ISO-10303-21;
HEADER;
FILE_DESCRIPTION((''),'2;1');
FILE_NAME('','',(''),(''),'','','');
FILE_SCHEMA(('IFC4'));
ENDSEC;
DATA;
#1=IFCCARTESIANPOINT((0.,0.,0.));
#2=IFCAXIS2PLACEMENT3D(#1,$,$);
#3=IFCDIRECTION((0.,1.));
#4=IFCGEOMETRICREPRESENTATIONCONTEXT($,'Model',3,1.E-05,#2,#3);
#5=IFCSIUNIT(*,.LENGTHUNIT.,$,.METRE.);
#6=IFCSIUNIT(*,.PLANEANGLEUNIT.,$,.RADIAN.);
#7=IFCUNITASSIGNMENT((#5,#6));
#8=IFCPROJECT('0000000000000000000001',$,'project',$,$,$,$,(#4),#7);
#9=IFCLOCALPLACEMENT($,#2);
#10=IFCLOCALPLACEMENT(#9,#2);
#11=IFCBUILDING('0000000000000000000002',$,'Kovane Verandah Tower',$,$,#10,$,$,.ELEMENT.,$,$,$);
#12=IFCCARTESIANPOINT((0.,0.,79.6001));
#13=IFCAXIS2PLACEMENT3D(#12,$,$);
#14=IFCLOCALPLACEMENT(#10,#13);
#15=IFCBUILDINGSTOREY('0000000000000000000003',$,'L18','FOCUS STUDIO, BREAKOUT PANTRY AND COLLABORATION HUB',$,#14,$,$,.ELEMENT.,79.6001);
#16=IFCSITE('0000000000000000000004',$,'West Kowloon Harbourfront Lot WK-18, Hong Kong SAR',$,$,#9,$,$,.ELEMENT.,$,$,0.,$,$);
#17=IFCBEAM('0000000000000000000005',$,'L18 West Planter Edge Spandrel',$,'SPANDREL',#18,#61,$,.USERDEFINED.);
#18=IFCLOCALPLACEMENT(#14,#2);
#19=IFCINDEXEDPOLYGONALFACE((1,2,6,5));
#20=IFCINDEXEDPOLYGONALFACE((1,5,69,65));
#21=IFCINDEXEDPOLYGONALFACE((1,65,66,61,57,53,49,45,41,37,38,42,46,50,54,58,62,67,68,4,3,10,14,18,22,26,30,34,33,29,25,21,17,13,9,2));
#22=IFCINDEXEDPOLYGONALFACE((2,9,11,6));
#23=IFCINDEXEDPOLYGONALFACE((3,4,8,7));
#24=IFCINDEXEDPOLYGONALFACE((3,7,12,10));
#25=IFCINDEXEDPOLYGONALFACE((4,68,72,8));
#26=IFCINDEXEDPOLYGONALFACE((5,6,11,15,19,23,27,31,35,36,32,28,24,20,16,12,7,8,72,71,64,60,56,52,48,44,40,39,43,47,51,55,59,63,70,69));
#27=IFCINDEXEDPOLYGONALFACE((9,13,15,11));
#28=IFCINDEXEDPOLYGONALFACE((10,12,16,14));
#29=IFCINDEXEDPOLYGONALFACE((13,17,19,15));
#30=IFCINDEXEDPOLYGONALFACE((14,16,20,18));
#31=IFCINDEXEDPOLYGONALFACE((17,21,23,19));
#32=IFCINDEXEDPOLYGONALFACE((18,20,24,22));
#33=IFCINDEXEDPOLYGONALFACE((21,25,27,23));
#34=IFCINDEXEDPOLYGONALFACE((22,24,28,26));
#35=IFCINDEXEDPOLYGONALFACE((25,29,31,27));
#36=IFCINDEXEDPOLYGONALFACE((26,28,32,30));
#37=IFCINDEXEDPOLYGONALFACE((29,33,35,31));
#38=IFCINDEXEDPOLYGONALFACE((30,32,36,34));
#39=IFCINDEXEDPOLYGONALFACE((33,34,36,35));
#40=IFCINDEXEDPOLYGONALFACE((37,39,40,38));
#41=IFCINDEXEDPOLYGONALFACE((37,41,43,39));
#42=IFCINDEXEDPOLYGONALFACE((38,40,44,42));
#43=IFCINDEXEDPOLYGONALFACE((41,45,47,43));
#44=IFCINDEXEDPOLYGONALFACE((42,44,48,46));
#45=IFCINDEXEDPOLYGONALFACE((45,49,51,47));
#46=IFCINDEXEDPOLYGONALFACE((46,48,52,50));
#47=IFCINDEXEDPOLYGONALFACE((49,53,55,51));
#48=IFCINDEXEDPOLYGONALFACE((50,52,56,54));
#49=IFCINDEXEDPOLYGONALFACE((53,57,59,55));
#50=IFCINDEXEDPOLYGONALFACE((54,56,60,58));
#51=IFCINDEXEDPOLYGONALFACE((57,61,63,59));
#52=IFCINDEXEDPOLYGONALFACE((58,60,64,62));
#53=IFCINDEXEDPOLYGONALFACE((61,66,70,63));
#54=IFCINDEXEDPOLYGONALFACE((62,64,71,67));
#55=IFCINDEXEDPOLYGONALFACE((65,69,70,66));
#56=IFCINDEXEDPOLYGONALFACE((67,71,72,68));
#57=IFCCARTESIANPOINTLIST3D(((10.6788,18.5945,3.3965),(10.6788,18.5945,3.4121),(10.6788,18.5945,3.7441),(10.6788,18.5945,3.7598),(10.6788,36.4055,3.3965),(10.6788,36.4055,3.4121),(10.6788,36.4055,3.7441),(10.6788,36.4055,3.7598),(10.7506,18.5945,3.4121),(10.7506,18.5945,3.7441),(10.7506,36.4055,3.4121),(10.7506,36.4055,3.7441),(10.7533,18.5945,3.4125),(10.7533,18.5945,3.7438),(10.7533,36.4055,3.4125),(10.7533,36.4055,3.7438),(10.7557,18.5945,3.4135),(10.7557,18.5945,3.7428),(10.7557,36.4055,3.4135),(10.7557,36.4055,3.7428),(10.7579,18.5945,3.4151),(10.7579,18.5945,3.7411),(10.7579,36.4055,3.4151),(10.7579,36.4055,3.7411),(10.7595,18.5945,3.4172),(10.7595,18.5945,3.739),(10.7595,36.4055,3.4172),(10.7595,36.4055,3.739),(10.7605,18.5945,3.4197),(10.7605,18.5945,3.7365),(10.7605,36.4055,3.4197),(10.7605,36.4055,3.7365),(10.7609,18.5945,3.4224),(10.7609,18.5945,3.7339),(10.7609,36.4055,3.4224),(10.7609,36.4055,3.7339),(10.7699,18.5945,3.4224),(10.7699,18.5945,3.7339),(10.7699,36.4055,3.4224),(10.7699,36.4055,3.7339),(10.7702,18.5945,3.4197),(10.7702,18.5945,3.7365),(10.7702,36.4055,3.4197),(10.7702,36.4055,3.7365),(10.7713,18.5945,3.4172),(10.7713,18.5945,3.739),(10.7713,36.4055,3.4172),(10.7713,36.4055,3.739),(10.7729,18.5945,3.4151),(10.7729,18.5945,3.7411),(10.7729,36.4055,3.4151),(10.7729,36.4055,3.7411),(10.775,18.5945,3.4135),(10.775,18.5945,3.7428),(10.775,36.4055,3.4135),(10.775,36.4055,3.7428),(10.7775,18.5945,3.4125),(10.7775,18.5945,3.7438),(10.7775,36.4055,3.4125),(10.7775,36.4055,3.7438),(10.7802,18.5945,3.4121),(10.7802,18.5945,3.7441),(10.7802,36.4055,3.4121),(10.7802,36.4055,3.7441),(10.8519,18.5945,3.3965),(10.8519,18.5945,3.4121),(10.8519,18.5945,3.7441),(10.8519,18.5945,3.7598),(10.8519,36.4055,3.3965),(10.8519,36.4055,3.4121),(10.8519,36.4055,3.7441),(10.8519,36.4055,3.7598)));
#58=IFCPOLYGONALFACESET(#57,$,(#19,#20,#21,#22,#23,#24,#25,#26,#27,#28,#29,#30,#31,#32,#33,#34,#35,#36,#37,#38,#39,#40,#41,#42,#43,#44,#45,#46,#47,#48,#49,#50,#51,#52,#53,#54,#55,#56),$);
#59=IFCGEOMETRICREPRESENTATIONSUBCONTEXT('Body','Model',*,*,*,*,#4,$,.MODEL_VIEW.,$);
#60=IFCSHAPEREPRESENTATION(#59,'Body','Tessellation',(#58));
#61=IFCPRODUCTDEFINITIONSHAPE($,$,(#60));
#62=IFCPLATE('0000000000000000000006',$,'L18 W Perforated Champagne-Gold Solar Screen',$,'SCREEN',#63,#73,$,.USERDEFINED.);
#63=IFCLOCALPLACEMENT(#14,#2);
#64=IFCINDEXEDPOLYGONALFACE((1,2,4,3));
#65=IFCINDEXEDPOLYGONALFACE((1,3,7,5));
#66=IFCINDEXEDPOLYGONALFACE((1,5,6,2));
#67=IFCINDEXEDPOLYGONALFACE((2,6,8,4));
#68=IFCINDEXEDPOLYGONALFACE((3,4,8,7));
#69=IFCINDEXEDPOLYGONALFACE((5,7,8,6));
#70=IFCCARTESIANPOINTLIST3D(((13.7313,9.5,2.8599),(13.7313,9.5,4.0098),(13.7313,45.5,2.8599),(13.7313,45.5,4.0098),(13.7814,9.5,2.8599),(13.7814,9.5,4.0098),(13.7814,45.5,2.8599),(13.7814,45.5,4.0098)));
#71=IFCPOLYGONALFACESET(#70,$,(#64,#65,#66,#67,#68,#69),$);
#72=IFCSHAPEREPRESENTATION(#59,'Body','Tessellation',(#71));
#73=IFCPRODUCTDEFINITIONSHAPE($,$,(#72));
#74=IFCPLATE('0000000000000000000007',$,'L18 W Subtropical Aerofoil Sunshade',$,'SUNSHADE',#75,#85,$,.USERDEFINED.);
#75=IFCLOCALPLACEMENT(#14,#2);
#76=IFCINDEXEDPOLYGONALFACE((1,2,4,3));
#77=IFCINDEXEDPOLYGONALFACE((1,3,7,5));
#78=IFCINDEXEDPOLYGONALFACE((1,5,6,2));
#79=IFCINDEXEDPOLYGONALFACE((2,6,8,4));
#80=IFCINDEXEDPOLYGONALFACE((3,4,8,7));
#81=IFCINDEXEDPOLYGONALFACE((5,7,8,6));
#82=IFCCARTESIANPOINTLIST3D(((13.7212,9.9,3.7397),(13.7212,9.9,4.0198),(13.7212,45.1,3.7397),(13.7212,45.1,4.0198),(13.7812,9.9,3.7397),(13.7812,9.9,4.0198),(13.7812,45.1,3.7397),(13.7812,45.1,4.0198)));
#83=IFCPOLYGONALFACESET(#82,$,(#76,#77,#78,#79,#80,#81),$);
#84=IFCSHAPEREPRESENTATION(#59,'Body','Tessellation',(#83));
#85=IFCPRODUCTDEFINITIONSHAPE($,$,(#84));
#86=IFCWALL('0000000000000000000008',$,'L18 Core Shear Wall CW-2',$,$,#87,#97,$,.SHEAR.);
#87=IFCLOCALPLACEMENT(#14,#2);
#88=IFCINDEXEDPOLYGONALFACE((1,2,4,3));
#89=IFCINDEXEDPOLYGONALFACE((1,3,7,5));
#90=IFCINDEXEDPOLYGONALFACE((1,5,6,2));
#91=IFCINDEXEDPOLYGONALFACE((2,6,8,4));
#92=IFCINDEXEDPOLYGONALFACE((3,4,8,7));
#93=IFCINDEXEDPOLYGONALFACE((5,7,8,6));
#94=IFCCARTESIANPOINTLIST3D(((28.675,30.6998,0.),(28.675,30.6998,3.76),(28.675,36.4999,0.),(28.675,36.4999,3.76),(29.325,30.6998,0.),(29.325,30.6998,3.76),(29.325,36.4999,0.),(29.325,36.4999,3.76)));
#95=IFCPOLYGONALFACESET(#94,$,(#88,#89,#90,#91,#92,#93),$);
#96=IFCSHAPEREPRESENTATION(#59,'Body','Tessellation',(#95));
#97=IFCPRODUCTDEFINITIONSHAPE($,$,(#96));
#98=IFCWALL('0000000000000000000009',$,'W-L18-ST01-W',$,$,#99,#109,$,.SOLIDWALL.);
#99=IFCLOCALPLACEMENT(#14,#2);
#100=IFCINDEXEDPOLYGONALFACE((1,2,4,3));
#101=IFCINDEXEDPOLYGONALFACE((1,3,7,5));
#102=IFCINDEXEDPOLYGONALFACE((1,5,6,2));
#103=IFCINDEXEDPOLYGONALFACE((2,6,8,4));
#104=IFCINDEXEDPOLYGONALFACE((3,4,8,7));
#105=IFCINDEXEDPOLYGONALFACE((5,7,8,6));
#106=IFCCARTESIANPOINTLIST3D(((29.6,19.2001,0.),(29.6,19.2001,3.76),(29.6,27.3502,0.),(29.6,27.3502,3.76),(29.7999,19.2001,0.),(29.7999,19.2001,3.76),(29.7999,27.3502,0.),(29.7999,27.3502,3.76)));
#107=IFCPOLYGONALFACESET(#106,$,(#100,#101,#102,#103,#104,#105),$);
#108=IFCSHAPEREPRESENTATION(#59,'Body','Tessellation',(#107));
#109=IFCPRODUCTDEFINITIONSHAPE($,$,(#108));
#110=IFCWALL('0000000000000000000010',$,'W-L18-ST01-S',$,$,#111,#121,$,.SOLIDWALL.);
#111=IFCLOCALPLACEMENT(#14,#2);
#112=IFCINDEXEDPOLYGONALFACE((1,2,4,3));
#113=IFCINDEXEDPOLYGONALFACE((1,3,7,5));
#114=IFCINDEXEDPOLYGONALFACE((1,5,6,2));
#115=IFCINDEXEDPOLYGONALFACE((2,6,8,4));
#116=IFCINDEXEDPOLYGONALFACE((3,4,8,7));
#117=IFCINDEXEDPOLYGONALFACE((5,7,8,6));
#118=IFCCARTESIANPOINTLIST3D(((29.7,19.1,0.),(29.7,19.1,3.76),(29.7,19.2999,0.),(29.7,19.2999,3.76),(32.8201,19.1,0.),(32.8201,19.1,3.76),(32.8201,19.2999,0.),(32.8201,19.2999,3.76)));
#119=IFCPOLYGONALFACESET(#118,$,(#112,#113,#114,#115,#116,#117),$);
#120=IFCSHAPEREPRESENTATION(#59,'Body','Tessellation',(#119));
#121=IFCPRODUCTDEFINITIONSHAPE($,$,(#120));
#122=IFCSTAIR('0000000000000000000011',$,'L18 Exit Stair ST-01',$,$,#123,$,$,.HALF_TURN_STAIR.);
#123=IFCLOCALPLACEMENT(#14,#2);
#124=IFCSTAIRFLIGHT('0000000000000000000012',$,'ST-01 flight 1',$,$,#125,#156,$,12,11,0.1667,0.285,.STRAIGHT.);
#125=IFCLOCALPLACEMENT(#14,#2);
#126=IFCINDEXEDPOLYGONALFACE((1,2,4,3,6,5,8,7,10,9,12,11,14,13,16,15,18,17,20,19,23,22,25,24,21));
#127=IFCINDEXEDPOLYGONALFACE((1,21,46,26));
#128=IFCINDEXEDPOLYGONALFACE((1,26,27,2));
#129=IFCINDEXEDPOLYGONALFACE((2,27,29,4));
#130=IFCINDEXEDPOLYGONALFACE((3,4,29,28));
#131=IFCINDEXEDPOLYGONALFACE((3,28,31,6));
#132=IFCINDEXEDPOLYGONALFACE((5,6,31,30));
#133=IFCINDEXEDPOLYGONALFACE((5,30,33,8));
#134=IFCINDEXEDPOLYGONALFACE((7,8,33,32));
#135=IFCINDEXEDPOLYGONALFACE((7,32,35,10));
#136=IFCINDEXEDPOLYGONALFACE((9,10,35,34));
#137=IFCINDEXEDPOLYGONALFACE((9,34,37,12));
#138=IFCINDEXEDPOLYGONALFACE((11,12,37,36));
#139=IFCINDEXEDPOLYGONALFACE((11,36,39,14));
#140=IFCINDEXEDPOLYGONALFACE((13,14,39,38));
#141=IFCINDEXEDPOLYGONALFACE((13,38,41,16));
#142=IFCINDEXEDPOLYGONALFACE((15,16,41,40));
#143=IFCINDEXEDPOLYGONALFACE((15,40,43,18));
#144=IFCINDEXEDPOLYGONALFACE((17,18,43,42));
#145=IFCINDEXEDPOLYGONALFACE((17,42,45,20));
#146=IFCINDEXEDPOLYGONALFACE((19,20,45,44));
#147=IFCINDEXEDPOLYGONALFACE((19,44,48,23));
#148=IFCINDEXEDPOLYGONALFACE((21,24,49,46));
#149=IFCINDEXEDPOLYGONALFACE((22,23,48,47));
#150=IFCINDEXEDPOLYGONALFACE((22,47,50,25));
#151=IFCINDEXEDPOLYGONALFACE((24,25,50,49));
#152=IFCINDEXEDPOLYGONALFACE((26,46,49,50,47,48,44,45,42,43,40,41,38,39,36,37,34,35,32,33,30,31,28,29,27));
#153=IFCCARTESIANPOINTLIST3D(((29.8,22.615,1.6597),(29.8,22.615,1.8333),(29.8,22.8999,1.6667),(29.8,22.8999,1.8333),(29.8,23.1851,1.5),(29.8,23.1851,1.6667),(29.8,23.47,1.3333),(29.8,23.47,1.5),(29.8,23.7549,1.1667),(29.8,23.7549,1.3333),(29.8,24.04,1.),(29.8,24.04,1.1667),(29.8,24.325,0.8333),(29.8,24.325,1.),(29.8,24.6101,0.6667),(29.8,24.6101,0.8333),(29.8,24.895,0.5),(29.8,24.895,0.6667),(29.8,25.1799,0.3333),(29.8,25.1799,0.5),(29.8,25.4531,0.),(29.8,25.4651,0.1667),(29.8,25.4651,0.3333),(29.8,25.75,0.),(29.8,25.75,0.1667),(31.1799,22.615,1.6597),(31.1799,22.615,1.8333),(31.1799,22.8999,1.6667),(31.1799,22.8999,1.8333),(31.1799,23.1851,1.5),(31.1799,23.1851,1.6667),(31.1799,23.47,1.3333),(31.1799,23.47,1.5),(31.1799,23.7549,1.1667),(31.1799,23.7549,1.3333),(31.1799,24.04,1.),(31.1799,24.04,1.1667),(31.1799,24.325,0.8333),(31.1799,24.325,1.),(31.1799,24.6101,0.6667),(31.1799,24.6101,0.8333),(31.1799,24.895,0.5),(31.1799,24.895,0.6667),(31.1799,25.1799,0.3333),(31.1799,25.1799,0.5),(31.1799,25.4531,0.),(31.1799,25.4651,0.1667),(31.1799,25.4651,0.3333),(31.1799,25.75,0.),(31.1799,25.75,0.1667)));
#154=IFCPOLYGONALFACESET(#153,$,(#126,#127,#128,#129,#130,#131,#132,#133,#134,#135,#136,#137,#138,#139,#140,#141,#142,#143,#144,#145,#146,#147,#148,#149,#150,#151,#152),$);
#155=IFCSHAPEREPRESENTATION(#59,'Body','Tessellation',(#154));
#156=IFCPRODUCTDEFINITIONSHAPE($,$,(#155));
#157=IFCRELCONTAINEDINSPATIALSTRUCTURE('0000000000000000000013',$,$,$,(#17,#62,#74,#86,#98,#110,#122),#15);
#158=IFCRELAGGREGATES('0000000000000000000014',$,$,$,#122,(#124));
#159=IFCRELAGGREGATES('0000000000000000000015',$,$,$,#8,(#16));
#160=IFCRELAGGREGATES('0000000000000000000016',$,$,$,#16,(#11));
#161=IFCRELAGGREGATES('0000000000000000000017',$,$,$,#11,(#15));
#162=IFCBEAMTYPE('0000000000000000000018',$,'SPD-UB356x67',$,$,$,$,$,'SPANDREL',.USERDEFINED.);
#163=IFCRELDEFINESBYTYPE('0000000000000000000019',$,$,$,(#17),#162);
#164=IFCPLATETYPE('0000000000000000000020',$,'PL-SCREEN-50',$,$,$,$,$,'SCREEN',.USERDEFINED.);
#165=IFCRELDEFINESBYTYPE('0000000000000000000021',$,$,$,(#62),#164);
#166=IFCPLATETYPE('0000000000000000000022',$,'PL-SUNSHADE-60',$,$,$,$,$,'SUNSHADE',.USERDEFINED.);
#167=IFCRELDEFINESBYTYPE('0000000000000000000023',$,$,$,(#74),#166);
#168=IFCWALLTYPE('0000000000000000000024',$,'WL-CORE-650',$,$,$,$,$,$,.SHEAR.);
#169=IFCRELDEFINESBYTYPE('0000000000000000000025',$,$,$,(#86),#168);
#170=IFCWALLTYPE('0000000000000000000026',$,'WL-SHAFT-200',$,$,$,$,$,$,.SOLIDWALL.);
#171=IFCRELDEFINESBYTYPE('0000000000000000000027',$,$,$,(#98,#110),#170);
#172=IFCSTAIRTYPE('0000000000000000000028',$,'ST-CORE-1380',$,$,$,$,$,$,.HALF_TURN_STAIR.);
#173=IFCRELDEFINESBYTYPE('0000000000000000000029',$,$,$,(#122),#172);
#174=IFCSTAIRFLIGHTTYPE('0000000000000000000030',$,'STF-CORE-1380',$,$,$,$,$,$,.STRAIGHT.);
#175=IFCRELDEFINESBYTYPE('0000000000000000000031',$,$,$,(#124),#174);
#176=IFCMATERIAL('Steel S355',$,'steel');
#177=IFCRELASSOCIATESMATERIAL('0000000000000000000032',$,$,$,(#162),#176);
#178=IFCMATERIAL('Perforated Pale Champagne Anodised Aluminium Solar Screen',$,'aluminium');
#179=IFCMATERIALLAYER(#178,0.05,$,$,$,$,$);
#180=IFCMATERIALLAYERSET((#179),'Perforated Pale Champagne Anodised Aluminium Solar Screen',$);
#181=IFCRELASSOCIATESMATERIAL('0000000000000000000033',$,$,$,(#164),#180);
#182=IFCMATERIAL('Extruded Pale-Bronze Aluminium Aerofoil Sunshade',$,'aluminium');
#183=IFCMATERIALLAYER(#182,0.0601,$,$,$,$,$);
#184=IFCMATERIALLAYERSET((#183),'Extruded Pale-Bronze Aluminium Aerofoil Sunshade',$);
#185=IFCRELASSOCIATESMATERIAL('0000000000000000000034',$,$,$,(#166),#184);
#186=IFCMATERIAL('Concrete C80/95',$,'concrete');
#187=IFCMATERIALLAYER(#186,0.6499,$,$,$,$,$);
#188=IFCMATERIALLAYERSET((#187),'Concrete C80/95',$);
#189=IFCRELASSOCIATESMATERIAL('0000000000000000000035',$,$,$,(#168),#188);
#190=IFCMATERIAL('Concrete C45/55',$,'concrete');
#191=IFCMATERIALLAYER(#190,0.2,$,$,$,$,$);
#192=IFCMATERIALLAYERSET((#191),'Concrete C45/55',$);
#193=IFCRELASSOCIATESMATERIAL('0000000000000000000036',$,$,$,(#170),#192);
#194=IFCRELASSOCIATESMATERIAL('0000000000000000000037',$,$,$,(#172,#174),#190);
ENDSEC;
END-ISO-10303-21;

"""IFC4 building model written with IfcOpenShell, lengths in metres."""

from ifc_helpers import new_model, si_unit, direction, frame, frame_2d, origin, origin_2d, place, context, subcontext, project, spatial, polyline, rectangle, i_section, outline, extrude, material, layer, layer_set, material_profile, profile_set, type_object, element, aggregate, save


model = new_model("IFC4")

# Units and contexts
model_context = context("Model", 3, precision=1e-05, world=origin(), true_north=direction((0.0, 1.0)))
body_context = subcontext(model_context, "Body", "Model", "MODEL_VIEW")
ifc_project = project(units=[si_unit("LENGTHUNIT", "METRE"), si_unit("PLANEANGLEUNIT", "RADIAN")], contexts=[model_context])

# Site, building, storey
site_placement = place(None, origin())
site = spatial("IfcSite", under=ifc_project, at=site_placement, Name="West Kowloon Harbourfront Lot WK-18, Hong Kong SAR", CompositionType="ELEMENT", RefElevation=0.0)
building_placement = place(site_placement, origin())
building = spatial("IfcBuilding", under=site, at=building_placement, Name="Kovane Verandah Tower", CompositionType="ELEMENT")
storey_placement = place(building_placement, frame((0.0, 0.0, 79.6001)))
storey = spatial("IfcBuildingStorey", under=building, at=storey_placement, Name="L18", Description="FOCUS STUDIO, BREAKOUT PANTRY AND COLLABORATION HUB", CompositionType="ELEMENT", Elevation=79.6001)

# Beam
ifc_material_1 = material(Name="Concrete C80/95", Category="concrete")
ifc_material_2 = material(Name="Steel S355", Category="steel")
ifc_material_profile_1 = material_profile(ifc_material_2, i_section(OverallWidth=0.1731, OverallDepth=0.3633, WebThickness=0.009, FlangeThickness=0.0156, FilletRadius=0.0103, at=origin_2d()), Name="UB356x171x67")
ifc_profile_set_1 = profile_set([ifc_material_profile_1], Name="Steel S355")
beam_type_1 = type_object("IfcBeamType", Name="SPD-UB356x67", ElementType="SPANDREL", PredefinedType="USERDEFINED", material=ifc_profile_set_1)
beam_1_placement = place(storey_placement, frame((10.7654, 18.5945, 3.5781), z_axis=(0.0, 1.0, 0.0), x_axis=(-1.0, 0.0, 0.0)))
element("IfcBeam", 1, at=beam_1_placement, inside=storey, type_object=beam_type_1, Name="L18 West Planter Edge Spandrel", ObjectType="SPANDREL", PredefinedType="USERDEFINED", context=body_context, shape_type="SweptSolid", body=[
    extrude(i_section(OverallWidth=0.1731, OverallDepth=0.3633, WebThickness=0.009, FlangeThickness=0.0156, FilletRadius=0.0103, at=origin_2d()), origin(), (0.0, 0.0, 1.0), 17.811),
])

# Plates
ifc_material_3 = material(Name="Perforated Pale Champagne Anodised Aluminium Solar Screen", Category="aluminium")
ifc_layer_1 = layer(ifc_material_3, 0.05)
ifc_layer_set_1 = layer_set([ifc_layer_1], Name="Perforated Pale Champagne Anodised Aluminium Solar Screen")
plate_type_1 = type_object("IfcPlateType", Name="PL-SCREEN-50", ElementType="SCREEN", PredefinedType="USERDEFINED", material=ifc_layer_set_1)
plate_1_placement = place(storey_placement, frame((13.7563, 27.5, 2.8599), z_axis=(0.0, 0.0, 1.0), x_axis=(0.0, -1.0, 0.0)))
element("IfcPlate", 2, at=plate_1_placement, inside=storey, type_object=plate_type_1, Name="L18 W Perforated Champagne-Gold Solar Screen", ObjectType="SCREEN", PredefinedType="USERDEFINED", context=body_context, shape_type="SweptSolid", body=[
    extrude(rectangle(XDim=36.0, YDim=0.05, at=origin_2d()), origin(), (0.0, 0.0, 1.0), 1.1499),
])
ifc_material_4 = material(Name="Extruded Pale-Bronze Aluminium Aerofoil Sunshade", Category="aluminium")
ifc_layer_2 = layer(ifc_material_4, 0.0601)
ifc_layer_set_2 = layer_set([ifc_layer_2], Name="Extruded Pale-Bronze Aluminium Aerofoil Sunshade")
plate_type_2 = type_object("IfcPlateType", Name="PL-SUNSHADE-60", ElementType="SUNSHADE", PredefinedType="USERDEFINED", material=ifc_layer_set_2)
plate_2_placement = place(storey_placement, frame((13.7512, 27.5, 3.7397), z_axis=(0.0, 0.0, 1.0), x_axis=(0.0, -1.0, 0.0)))
element("IfcPlate", 3, at=plate_2_placement, inside=storey, type_object=plate_type_2, Name="L18 W Subtropical Aerofoil Sunshade", ObjectType="SUNSHADE", PredefinedType="USERDEFINED", context=body_context, shape_type="SweptSolid", body=[
    extrude(rectangle(XDim=35.2, YDim=0.0601, at=origin_2d()), origin(), (0.0, 0.0, 1.0), 0.28),
])

# Wall
ifc_layer_3 = layer(ifc_material_1, 0.6499)
ifc_layer_set_3 = layer_set([ifc_layer_3], Name="Concrete C80/95")
wall_type_1 = type_object("IfcWallType", Name="WL-CORE-650", PredefinedType="SHEAR", material=ifc_layer_set_3)
wall_1_placement = place(storey_placement, frame((29.0, 30.7, 0.0), z_axis=(0.0, 0.0, 1.0), x_axis=(0.0, 1.0, 0.0)))
element("IfcWall", 4, at=wall_1_placement, inside=storey, type_object=wall_type_1, Name="L18 Core Shear Wall CW-2", PredefinedType="SHEAR", context=body_context, shape_type="SweptSolid", body=[
    extrude(rectangle(XDim=5.8, YDim=0.6499, at=frame_2d((2.8999, 0.0))), origin(), (0.0, 0.0, 1.0), 3.76),
])

# Walls
ifc_material_5 = material(Name="Concrete C45/55", Category="concrete")
ifc_layer_4 = layer(ifc_material_5, 0.2)
ifc_layer_set_4 = layer_set([ifc_layer_4], Name="Concrete C45/55")
wall_type_2 = type_object("IfcWallType", Name="WL-SHAFT-200", PredefinedType="SOLIDWALL", material=ifc_layer_set_4)
wall_2_placement = place(storey_placement, frame((29.7, 19.2, 0.0), z_axis=(0.0, 0.0, 1.0), x_axis=(0.0, 1.0, 0.0)))
element("IfcWall", 5, at=wall_2_placement, inside=storey, type_object=wall_type_2, Name="W-L18-ST01-W", PredefinedType="SOLIDWALL", context=body_context, shape_type="SweptSolid", body=[
    extrude(rectangle(XDim=8.1501, YDim=0.2, at=frame_2d((4.0752, 0.0))), origin(), (0.0, 0.0, 1.0), 3.76),
])
wall_3_placement = place(storey_placement, frame((29.7, 19.2, 0.0), z_axis=(0.0, 0.0, 1.0), x_axis=(1.0, 0.0, 0.0)))
element("IfcWall", 6, at=wall_3_placement, inside=storey, type_object=wall_type_2, Name="W-L18-ST01-S", PredefinedType="SOLIDWALL", context=body_context, shape_type="SweptSolid", body=[
    extrude(rectangle(XDim=3.1201, YDim=0.2, at=frame_2d((1.5601, 0.0))), origin(), (0.0, 0.0, 1.0), 3.76),
])

# Stair, stair flight
stair_type = type_object("IfcStairType", Name="ST-CORE-1380", PredefinedType="HALF_TURN_STAIR", material=ifc_material_5)
stair_placement = place(storey_placement, origin())
stair = element("IfcStair", 7, at=stair_placement, inside=storey, type_object=stair_type, Name="L18 Exit Stair ST-01", PredefinedType="HALF_TURN_STAIR")
stair_flight_type = type_object("IfcStairFlightType", Name="STF-CORE-1380", PredefinedType="STRAIGHT", material=ifc_material_5)
stair_flight_1_placement = place(storey_placement, frame((30.49, 25.75, 0.0), z_axis=(0.0, 0.0, 1.0), x_axis=(0.0, -1.0, 0.0)))
stair_flight_1 = element("IfcStairFlight", 8, at=stair_flight_1_placement, type_object=stair_flight_type, Name="ST-01 flight 1", NumberOfRisers=12, NumberOfTreads=11, PredefinedType="STRAIGHT", RiserHeight=0.1667, TreadLength=0.285, context=body_context, shape_type="SweptSolid", body=[
    extrude(outline(polyline([(0.0, 0.0), (0.0, 0.1667), (0.2849, 0.1667), (0.2849, 0.3333), (0.5701, 0.3333), (0.5701, 0.5), (0.855, 0.5), (0.855, 0.6667), (1.1399, 0.6667), (1.1399, 0.8333), (1.425, 0.8333), (1.425, 1.0), (1.71, 1.0), (1.71, 1.1667), (1.9951, 1.1667), (1.9951, 1.3333), (2.28, 1.3333), (2.28, 1.5), (2.5649, 1.5), (2.5649, 1.6667), (2.8501, 1.6667), (2.8501, 1.8333), (3.135, 1.8333), (3.135, 2.0), (3.135, 1.6597), (0.2969, 0.0), (0.0, 0.0)])), frame((0.0, 0.6899, 0.0), z_axis=(0.0, -1.0, 0.0), x_axis=(1.0, 0.0, 0.0)), (0.0, 0.0, 1.0), 1.3799),
])
aggregate(stair, [stair_flight_1])

save(model, "model.ifc")
